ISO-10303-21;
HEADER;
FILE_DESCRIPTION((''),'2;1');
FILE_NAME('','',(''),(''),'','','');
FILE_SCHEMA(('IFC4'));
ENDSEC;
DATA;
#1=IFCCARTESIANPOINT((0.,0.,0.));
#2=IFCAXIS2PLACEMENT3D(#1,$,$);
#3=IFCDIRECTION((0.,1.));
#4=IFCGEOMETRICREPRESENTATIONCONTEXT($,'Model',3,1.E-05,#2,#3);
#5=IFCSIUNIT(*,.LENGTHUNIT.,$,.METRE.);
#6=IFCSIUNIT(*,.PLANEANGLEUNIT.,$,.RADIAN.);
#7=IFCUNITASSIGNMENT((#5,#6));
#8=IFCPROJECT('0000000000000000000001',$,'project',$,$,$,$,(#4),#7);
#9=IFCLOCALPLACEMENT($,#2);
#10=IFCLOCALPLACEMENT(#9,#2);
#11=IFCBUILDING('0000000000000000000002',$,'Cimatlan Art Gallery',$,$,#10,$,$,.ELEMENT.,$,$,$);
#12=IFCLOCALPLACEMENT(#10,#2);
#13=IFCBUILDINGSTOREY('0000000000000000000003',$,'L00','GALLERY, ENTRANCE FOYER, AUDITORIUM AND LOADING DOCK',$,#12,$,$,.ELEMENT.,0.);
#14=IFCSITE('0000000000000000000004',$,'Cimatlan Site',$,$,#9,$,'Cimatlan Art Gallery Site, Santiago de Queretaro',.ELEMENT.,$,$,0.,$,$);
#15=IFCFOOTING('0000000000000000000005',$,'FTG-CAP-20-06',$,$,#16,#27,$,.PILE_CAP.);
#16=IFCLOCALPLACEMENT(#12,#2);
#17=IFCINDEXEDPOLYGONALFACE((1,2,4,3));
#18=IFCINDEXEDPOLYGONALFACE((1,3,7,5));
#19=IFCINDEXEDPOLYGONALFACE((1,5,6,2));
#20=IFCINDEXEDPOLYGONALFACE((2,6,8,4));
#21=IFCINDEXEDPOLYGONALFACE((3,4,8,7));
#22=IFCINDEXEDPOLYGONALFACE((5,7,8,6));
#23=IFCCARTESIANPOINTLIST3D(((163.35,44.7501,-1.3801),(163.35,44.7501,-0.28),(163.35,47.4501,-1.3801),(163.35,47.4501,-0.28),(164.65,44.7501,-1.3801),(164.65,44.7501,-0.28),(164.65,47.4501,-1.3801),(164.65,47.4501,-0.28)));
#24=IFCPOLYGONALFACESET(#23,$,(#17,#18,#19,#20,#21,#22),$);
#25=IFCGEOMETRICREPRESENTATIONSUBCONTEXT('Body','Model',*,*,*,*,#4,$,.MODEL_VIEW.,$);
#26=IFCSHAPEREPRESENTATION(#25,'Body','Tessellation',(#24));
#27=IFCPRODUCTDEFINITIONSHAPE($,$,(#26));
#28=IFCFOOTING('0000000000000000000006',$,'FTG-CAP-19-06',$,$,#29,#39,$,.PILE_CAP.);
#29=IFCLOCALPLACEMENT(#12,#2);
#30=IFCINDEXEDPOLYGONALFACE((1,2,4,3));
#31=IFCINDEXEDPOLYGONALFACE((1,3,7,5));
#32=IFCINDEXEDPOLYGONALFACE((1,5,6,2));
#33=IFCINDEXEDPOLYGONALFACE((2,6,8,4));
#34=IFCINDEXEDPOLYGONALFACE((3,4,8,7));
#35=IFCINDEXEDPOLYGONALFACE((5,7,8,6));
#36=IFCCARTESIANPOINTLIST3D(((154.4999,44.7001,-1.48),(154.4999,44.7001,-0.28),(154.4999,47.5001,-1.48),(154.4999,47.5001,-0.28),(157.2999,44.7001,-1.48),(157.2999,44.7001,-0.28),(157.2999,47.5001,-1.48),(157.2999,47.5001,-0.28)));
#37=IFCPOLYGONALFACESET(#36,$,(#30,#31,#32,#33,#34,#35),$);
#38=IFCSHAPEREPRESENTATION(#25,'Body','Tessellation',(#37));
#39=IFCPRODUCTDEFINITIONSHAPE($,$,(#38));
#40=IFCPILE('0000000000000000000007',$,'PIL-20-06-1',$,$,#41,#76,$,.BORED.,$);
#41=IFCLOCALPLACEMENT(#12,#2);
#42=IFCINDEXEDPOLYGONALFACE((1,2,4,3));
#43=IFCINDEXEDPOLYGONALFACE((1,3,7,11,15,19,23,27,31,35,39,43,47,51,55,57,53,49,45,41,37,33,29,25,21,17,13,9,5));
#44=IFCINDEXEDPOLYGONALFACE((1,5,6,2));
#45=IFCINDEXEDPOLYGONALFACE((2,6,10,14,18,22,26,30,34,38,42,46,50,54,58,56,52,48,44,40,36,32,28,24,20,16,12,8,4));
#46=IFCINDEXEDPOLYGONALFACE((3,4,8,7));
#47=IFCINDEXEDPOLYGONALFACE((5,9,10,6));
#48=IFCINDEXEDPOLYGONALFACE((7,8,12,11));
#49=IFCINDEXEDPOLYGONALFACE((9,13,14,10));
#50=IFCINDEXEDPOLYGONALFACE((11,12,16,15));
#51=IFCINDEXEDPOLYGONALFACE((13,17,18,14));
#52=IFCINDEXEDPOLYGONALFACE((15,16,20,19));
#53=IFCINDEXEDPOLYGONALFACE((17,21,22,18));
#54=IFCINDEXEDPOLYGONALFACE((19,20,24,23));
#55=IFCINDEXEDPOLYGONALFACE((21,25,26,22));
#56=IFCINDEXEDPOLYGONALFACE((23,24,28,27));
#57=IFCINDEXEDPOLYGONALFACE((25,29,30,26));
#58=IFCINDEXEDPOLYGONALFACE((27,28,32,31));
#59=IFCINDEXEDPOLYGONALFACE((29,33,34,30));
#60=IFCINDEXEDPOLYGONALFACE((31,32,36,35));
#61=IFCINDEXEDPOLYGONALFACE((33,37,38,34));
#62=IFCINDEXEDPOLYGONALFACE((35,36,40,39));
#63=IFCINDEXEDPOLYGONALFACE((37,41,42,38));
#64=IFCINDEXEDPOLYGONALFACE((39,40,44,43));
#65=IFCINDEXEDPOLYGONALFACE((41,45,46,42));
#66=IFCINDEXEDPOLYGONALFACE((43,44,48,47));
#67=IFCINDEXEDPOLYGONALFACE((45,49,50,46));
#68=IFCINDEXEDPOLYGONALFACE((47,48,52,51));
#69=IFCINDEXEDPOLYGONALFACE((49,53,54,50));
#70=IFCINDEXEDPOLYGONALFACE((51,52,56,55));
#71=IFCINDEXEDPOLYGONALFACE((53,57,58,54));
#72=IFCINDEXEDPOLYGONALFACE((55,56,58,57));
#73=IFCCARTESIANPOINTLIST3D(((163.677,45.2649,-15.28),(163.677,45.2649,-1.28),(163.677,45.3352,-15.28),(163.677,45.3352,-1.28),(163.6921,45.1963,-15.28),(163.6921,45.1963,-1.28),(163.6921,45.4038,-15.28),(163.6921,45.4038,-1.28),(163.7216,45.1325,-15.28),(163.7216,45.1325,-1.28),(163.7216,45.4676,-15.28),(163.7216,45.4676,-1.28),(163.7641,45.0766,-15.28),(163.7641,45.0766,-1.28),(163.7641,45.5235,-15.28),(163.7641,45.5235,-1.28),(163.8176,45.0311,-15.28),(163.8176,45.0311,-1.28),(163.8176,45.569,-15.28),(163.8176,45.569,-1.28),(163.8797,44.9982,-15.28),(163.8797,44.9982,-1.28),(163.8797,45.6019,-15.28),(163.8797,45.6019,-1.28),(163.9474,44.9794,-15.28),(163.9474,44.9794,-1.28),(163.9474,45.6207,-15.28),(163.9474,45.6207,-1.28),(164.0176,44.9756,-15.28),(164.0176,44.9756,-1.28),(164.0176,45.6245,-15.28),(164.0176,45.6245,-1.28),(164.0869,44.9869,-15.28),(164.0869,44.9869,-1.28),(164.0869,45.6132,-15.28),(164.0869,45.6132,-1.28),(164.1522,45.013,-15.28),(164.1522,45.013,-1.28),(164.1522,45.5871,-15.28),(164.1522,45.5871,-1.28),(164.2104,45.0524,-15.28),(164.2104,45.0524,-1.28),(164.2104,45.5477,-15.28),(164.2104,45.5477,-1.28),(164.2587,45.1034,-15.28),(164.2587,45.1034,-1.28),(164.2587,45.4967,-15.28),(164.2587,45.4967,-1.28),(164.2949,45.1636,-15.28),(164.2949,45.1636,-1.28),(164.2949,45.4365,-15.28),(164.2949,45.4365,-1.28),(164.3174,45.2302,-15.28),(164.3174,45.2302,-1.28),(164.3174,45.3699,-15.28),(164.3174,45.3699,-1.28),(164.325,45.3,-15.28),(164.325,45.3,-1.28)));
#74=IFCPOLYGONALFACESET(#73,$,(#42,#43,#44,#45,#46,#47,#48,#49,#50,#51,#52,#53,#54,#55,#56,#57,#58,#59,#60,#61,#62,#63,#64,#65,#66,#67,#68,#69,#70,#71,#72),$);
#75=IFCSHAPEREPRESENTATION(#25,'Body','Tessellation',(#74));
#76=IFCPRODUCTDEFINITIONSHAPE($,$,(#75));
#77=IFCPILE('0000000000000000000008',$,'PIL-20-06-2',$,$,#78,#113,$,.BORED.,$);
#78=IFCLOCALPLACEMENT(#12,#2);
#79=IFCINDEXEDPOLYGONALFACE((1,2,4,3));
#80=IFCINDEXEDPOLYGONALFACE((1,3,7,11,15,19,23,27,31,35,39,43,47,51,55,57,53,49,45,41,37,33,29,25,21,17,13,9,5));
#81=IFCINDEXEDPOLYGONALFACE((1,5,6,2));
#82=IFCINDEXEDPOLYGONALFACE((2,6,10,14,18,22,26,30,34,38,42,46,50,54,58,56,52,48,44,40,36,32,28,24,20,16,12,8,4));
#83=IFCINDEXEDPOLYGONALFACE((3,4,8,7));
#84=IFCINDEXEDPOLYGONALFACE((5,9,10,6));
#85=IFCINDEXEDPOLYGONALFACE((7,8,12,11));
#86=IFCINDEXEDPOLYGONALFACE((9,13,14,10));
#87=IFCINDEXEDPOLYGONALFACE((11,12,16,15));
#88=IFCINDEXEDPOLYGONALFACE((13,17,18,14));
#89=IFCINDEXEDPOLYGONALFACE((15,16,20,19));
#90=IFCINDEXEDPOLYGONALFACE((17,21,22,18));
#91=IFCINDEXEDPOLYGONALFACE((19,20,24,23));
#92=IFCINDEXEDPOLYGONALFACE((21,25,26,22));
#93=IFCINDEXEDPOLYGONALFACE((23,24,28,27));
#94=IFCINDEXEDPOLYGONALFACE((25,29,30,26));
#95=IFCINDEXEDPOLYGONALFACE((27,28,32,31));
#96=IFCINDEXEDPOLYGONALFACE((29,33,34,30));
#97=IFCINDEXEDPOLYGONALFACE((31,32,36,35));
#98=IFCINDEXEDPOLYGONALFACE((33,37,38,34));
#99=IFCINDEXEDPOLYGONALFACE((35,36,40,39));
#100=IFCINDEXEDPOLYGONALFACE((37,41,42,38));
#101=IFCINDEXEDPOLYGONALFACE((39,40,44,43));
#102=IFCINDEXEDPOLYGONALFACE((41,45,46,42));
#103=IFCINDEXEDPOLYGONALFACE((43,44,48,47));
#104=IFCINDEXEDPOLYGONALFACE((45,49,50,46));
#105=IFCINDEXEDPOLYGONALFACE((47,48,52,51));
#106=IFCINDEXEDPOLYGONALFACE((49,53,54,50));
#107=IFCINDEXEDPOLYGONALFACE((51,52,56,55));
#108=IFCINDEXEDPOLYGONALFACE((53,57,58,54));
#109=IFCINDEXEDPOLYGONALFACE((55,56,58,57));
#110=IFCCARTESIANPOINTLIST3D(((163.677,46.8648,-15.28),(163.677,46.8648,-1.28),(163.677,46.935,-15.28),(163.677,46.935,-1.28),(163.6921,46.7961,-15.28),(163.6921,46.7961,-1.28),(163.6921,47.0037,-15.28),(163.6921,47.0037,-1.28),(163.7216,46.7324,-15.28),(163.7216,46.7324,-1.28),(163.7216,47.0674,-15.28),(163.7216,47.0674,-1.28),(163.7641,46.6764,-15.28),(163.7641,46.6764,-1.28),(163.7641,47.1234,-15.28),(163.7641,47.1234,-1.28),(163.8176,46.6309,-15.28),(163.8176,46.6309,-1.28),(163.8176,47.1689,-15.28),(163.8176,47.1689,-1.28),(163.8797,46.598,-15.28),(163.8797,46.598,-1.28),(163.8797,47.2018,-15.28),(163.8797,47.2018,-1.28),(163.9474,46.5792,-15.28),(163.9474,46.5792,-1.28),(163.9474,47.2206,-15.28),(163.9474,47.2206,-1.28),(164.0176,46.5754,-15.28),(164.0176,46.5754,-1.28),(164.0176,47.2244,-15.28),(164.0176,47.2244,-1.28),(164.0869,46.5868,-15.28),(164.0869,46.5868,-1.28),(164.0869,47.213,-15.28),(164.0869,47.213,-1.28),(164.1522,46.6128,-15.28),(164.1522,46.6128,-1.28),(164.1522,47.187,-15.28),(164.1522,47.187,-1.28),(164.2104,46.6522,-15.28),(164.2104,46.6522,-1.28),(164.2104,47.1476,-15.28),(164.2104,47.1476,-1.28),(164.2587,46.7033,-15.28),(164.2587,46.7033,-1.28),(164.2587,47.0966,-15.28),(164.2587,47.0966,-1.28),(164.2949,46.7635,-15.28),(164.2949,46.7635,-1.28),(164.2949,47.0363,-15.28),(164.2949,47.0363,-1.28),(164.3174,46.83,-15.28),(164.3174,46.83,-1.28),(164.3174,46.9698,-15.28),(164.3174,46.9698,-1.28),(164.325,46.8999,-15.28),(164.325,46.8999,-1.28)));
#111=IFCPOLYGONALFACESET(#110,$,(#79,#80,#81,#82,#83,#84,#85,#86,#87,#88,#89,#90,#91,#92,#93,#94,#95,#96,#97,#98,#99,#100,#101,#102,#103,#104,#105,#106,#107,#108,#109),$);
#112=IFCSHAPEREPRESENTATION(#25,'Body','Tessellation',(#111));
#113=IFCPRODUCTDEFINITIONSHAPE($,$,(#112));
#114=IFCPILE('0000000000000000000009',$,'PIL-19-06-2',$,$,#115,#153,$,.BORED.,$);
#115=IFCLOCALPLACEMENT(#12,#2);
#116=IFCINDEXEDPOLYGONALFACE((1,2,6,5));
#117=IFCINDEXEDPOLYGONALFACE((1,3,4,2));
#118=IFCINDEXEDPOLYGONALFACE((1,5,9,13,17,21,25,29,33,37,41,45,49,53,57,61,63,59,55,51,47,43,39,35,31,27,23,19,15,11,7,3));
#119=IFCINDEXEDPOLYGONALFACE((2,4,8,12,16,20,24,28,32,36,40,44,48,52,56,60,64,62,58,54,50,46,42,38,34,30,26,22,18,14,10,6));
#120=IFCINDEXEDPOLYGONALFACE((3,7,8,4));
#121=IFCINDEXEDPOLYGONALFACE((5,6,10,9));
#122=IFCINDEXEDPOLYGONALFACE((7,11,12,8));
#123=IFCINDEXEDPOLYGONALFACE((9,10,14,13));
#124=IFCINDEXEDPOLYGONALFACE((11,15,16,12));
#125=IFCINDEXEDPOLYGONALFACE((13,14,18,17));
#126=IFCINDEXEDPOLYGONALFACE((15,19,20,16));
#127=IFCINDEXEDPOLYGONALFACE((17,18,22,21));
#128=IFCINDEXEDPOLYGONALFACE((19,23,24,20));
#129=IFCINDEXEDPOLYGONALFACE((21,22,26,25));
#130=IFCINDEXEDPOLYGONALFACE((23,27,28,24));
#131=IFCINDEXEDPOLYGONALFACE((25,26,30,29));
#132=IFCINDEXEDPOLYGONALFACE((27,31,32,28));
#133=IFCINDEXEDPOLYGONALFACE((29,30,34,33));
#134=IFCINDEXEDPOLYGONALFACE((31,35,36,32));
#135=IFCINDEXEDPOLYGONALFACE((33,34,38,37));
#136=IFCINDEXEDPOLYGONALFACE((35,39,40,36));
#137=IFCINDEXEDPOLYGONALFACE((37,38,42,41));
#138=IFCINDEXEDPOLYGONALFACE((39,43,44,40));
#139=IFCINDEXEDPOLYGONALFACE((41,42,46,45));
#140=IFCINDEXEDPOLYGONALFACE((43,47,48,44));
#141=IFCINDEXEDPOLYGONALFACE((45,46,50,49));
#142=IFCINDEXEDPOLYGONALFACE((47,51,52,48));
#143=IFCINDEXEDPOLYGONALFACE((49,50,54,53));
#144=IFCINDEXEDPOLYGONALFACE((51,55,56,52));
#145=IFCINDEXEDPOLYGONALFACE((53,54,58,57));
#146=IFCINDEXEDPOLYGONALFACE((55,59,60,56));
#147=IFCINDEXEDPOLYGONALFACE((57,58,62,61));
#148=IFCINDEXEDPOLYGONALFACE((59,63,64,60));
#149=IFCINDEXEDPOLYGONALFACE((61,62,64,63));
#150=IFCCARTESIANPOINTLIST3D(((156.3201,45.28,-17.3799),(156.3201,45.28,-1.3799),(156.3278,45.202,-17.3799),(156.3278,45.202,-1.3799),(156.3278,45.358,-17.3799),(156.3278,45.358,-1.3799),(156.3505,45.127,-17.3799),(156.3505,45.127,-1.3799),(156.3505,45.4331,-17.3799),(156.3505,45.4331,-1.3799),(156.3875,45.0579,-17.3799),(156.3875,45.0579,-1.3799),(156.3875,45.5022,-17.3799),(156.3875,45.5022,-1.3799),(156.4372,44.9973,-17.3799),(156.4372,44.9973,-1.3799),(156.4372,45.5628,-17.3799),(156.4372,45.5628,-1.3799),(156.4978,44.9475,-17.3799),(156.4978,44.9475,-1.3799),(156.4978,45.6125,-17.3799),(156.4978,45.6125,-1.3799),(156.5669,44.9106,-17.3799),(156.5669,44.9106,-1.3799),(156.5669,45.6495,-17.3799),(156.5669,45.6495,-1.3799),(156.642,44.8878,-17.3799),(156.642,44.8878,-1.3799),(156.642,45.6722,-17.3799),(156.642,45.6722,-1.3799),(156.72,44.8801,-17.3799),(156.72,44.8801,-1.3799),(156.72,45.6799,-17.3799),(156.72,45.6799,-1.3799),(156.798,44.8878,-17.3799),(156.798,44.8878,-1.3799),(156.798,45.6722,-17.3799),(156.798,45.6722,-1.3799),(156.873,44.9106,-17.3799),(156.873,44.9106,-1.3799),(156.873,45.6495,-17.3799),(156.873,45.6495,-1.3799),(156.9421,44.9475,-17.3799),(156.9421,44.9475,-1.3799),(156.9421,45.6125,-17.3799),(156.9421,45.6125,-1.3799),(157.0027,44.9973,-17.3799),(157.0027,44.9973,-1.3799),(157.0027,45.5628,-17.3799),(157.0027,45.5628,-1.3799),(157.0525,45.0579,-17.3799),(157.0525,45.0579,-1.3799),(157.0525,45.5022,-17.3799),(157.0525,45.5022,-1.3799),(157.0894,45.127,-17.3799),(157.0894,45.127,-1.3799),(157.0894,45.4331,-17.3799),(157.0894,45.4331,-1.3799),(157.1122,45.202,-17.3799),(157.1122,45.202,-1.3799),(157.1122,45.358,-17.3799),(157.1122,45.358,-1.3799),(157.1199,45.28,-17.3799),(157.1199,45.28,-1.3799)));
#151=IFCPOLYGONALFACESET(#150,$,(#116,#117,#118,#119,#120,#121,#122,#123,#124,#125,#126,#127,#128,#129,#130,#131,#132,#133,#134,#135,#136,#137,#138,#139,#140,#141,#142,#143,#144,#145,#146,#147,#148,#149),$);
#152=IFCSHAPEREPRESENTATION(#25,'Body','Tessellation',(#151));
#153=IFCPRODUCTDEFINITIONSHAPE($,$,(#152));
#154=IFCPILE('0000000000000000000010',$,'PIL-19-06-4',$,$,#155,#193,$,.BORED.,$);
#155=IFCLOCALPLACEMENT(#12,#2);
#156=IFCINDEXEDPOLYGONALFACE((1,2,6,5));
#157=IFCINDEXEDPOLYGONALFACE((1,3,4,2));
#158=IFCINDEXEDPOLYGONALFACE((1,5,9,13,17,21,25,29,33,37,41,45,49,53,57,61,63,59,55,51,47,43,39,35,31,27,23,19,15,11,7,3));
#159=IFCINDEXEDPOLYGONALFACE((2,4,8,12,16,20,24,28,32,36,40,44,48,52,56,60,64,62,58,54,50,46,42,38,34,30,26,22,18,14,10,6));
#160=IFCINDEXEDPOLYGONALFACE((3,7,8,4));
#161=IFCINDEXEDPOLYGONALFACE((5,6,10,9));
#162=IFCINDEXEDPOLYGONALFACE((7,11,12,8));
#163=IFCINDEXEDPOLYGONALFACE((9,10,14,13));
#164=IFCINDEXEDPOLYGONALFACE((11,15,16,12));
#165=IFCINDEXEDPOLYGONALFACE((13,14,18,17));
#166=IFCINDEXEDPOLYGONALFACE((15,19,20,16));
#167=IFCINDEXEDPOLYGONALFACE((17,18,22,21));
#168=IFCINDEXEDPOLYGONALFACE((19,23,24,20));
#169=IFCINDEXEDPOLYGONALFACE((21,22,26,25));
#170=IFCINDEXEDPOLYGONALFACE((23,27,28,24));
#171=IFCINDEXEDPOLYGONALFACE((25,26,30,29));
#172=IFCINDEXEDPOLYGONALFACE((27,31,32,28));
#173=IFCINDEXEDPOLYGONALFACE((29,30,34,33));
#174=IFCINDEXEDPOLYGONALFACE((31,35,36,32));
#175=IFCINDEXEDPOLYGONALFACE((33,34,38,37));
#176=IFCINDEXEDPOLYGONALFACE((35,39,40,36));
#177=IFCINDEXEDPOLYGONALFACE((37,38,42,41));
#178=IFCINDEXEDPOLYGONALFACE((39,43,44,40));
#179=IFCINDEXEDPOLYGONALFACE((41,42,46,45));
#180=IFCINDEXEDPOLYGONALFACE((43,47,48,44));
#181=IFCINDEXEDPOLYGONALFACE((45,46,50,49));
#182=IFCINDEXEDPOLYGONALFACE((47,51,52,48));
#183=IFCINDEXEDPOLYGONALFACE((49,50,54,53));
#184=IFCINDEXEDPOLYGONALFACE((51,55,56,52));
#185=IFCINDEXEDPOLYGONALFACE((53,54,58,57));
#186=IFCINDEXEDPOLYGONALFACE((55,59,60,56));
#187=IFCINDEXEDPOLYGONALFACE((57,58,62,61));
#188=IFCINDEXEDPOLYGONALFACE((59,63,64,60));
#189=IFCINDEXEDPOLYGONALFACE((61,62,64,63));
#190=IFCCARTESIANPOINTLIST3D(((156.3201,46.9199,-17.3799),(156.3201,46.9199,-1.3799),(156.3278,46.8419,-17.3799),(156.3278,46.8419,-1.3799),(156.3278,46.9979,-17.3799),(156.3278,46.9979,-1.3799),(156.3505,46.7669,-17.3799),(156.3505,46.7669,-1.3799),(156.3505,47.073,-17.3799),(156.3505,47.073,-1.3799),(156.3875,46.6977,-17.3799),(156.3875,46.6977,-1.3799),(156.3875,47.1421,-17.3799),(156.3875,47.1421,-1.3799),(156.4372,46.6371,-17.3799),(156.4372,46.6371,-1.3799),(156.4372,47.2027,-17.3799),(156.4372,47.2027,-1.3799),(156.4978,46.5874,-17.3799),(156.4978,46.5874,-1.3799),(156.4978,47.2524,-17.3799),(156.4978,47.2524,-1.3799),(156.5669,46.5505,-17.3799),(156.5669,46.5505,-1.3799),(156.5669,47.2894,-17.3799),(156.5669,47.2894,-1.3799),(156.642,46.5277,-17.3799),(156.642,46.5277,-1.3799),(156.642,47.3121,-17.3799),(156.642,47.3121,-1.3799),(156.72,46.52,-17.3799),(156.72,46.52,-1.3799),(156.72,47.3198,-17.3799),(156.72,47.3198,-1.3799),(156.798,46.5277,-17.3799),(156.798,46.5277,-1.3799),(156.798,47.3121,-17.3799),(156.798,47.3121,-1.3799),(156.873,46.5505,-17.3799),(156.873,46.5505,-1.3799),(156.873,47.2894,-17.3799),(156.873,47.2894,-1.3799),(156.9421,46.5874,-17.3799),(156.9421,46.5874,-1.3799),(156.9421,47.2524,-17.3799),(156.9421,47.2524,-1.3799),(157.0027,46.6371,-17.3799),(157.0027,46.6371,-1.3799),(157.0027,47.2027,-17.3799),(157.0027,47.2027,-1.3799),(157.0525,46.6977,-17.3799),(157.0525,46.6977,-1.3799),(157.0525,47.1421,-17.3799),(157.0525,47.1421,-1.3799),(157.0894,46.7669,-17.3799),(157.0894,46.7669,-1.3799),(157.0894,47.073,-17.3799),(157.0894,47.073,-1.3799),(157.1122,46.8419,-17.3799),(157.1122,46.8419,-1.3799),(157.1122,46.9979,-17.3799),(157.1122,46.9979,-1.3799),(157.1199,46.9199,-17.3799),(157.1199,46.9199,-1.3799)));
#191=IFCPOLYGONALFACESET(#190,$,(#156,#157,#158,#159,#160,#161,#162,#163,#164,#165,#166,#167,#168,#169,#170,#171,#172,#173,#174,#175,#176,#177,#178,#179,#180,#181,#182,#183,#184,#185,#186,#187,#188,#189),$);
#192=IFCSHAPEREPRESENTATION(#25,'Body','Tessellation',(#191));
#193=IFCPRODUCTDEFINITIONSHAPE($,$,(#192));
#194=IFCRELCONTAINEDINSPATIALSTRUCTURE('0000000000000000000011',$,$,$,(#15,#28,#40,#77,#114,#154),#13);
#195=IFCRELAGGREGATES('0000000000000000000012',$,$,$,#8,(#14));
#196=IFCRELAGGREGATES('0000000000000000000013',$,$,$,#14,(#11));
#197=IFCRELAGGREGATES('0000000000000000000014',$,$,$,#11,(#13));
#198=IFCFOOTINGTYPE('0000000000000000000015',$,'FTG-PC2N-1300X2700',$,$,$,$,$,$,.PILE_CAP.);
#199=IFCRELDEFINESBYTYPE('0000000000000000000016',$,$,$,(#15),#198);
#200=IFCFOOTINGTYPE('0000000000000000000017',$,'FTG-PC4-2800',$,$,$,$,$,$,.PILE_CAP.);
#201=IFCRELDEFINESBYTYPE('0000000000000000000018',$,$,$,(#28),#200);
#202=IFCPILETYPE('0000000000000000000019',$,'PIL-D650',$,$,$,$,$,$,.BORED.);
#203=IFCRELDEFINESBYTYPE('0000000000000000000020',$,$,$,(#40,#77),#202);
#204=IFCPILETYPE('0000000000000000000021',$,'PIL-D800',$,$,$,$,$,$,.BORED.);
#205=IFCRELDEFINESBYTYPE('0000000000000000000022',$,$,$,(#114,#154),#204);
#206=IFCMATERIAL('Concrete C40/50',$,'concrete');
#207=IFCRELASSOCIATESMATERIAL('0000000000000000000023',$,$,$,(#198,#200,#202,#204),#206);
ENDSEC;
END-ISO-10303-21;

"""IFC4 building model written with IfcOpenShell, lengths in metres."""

from ifc_helpers import new_model, si_unit, direction, frame, origin, origin_2d, place, context, subcontext, project, spatial, rectangle, circle, extrude, material, type_object, element, save


model = new_model("IFC4")

# Units and contexts
model_context = context("Model", 3, precision=1e-05, world=origin(), true_north=direction((0.0, 1.0)))
body_context = subcontext(model_context, "Body", "Model", "MODEL_VIEW")
ifc_project = project(units=[si_unit("LENGTHUNIT", "METRE"), si_unit("PLANEANGLEUNIT", "RADIAN")], contexts=[model_context])

# Site, building, storey
site_placement = place(None, origin())
site = spatial("IfcSite", under=ifc_project, at=site_placement, Name="Cimatlan Site", LongName="Cimatlan Art Gallery Site, Santiago de Queretaro", CompositionType="ELEMENT", RefElevation=0.0)
building_placement = place(site_placement, origin())
building = spatial("IfcBuilding", under=site, at=building_placement, Name="Cimatlan Art Gallery", CompositionType="ELEMENT")
storey_placement = place(building_placement, origin())
storey = spatial("IfcBuildingStorey", under=building, at=storey_placement, Name="L00", Description="GALLERY, ENTRANCE FOYER, AUDITORIUM AND LOADING DOCK", CompositionType="ELEMENT", Elevation=0.0)

# Footings
ifc_material_1 = material(Name="Concrete C40/50", Category="concrete")
footing_type_1 = type_object("IfcFootingType", Name="FTG-PC2N-1300X2700", PredefinedType="PILE_CAP", material=ifc_material_1)
footing_1_placement = place(storey_placement, frame((164.0, 46.1001, -1.3801), z_axis=(0.0, 0.0, 1.0), x_axis=(1.0, 0.0, 0.0)))
element("IfcFooting", 1, at=footing_1_placement, inside=storey, type_object=footing_type_1, Name="FTG-CAP-20-06", PredefinedType="PILE_CAP", context=body_context, shape_type="SweptSolid", body=[
    extrude(rectangle(XDim=1.3, YDim=2.7, at=origin_2d()), origin(), (0.0, 0.0, 1.0), 1.1001),
])
footing_type_2 = type_object("IfcFootingType", Name="FTG-PC4-2800", PredefinedType="PILE_CAP", material=ifc_material_1)
footing_2_placement = place(storey_placement, frame((155.8999, 46.1001, -1.48), z_axis=(0.0, 0.0, 1.0), x_axis=(1.0, 0.0, 0.0)))
element("IfcFooting", 2, at=footing_2_placement, inside=storey, type_object=footing_type_2, Name="FTG-CAP-19-06", PredefinedType="PILE_CAP", context=body_context, shape_type="SweptSolid", body=[
    extrude(rectangle(XDim=2.8, YDim=2.8, at=origin_2d()), origin(), (0.0, 0.0, 1.0), 1.2),
])

# Piles
pile_type_1 = type_object("IfcPileType", Name="PIL-D650", PredefinedType="BORED", material=ifc_material_1)
for number, where, z_axis, x_axis, name in (
    (3, (164.0, 45.3, -1.28), (0.0, 0.0, -1.0), (1.0, 0.0, 0.0), "PIL-20-06-1"),
    (4, (164.0, 46.8999, -1.28), (0.0, 0.0, -1.0), (1.0, 0.0, 0.0), "PIL-20-06-2"),
):
    element("IfcPile", number, at=place(storey_placement, frame(where, z_axis=z_axis, x_axis=x_axis)), inside=storey, type_object=pile_type_1, Name=name, PredefinedType="BORED", context=body_context, shape_type="SweptSolid", body=[
        extrude(circle(Radius=0.325, at=origin_2d()), origin(), (0.0, 0.0, 1.0), 14.0),
    ])
pile_type_2 = type_object("IfcPileType", Name="PIL-D800", PredefinedType="BORED", material=ifc_material_1)
for number, where, z_axis, x_axis, name in (
    (5, (156.72, 45.28, -1.3799), (0.0, 0.0, -1.0), (1.0, 0.0, 0.0), "PIL-19-06-2"),
    (6, (156.72, 46.9199, -1.3799), (0.0, 0.0, -1.0), (1.0, 0.0, 0.0), "PIL-19-06-4"),
):
    element("IfcPile", number, at=place(storey_placement, frame(where, z_axis=z_axis, x_axis=x_axis)), inside=storey, type_object=pile_type_2, Name=name, PredefinedType="BORED", context=body_context, shape_type="SweptSolid", body=[
        extrude(circle(Radius=0.3999, at=origin_2d()), origin(), (0.0, 0.0, 1.0), 16.0),
    ])

save(model, "model.ifc")
